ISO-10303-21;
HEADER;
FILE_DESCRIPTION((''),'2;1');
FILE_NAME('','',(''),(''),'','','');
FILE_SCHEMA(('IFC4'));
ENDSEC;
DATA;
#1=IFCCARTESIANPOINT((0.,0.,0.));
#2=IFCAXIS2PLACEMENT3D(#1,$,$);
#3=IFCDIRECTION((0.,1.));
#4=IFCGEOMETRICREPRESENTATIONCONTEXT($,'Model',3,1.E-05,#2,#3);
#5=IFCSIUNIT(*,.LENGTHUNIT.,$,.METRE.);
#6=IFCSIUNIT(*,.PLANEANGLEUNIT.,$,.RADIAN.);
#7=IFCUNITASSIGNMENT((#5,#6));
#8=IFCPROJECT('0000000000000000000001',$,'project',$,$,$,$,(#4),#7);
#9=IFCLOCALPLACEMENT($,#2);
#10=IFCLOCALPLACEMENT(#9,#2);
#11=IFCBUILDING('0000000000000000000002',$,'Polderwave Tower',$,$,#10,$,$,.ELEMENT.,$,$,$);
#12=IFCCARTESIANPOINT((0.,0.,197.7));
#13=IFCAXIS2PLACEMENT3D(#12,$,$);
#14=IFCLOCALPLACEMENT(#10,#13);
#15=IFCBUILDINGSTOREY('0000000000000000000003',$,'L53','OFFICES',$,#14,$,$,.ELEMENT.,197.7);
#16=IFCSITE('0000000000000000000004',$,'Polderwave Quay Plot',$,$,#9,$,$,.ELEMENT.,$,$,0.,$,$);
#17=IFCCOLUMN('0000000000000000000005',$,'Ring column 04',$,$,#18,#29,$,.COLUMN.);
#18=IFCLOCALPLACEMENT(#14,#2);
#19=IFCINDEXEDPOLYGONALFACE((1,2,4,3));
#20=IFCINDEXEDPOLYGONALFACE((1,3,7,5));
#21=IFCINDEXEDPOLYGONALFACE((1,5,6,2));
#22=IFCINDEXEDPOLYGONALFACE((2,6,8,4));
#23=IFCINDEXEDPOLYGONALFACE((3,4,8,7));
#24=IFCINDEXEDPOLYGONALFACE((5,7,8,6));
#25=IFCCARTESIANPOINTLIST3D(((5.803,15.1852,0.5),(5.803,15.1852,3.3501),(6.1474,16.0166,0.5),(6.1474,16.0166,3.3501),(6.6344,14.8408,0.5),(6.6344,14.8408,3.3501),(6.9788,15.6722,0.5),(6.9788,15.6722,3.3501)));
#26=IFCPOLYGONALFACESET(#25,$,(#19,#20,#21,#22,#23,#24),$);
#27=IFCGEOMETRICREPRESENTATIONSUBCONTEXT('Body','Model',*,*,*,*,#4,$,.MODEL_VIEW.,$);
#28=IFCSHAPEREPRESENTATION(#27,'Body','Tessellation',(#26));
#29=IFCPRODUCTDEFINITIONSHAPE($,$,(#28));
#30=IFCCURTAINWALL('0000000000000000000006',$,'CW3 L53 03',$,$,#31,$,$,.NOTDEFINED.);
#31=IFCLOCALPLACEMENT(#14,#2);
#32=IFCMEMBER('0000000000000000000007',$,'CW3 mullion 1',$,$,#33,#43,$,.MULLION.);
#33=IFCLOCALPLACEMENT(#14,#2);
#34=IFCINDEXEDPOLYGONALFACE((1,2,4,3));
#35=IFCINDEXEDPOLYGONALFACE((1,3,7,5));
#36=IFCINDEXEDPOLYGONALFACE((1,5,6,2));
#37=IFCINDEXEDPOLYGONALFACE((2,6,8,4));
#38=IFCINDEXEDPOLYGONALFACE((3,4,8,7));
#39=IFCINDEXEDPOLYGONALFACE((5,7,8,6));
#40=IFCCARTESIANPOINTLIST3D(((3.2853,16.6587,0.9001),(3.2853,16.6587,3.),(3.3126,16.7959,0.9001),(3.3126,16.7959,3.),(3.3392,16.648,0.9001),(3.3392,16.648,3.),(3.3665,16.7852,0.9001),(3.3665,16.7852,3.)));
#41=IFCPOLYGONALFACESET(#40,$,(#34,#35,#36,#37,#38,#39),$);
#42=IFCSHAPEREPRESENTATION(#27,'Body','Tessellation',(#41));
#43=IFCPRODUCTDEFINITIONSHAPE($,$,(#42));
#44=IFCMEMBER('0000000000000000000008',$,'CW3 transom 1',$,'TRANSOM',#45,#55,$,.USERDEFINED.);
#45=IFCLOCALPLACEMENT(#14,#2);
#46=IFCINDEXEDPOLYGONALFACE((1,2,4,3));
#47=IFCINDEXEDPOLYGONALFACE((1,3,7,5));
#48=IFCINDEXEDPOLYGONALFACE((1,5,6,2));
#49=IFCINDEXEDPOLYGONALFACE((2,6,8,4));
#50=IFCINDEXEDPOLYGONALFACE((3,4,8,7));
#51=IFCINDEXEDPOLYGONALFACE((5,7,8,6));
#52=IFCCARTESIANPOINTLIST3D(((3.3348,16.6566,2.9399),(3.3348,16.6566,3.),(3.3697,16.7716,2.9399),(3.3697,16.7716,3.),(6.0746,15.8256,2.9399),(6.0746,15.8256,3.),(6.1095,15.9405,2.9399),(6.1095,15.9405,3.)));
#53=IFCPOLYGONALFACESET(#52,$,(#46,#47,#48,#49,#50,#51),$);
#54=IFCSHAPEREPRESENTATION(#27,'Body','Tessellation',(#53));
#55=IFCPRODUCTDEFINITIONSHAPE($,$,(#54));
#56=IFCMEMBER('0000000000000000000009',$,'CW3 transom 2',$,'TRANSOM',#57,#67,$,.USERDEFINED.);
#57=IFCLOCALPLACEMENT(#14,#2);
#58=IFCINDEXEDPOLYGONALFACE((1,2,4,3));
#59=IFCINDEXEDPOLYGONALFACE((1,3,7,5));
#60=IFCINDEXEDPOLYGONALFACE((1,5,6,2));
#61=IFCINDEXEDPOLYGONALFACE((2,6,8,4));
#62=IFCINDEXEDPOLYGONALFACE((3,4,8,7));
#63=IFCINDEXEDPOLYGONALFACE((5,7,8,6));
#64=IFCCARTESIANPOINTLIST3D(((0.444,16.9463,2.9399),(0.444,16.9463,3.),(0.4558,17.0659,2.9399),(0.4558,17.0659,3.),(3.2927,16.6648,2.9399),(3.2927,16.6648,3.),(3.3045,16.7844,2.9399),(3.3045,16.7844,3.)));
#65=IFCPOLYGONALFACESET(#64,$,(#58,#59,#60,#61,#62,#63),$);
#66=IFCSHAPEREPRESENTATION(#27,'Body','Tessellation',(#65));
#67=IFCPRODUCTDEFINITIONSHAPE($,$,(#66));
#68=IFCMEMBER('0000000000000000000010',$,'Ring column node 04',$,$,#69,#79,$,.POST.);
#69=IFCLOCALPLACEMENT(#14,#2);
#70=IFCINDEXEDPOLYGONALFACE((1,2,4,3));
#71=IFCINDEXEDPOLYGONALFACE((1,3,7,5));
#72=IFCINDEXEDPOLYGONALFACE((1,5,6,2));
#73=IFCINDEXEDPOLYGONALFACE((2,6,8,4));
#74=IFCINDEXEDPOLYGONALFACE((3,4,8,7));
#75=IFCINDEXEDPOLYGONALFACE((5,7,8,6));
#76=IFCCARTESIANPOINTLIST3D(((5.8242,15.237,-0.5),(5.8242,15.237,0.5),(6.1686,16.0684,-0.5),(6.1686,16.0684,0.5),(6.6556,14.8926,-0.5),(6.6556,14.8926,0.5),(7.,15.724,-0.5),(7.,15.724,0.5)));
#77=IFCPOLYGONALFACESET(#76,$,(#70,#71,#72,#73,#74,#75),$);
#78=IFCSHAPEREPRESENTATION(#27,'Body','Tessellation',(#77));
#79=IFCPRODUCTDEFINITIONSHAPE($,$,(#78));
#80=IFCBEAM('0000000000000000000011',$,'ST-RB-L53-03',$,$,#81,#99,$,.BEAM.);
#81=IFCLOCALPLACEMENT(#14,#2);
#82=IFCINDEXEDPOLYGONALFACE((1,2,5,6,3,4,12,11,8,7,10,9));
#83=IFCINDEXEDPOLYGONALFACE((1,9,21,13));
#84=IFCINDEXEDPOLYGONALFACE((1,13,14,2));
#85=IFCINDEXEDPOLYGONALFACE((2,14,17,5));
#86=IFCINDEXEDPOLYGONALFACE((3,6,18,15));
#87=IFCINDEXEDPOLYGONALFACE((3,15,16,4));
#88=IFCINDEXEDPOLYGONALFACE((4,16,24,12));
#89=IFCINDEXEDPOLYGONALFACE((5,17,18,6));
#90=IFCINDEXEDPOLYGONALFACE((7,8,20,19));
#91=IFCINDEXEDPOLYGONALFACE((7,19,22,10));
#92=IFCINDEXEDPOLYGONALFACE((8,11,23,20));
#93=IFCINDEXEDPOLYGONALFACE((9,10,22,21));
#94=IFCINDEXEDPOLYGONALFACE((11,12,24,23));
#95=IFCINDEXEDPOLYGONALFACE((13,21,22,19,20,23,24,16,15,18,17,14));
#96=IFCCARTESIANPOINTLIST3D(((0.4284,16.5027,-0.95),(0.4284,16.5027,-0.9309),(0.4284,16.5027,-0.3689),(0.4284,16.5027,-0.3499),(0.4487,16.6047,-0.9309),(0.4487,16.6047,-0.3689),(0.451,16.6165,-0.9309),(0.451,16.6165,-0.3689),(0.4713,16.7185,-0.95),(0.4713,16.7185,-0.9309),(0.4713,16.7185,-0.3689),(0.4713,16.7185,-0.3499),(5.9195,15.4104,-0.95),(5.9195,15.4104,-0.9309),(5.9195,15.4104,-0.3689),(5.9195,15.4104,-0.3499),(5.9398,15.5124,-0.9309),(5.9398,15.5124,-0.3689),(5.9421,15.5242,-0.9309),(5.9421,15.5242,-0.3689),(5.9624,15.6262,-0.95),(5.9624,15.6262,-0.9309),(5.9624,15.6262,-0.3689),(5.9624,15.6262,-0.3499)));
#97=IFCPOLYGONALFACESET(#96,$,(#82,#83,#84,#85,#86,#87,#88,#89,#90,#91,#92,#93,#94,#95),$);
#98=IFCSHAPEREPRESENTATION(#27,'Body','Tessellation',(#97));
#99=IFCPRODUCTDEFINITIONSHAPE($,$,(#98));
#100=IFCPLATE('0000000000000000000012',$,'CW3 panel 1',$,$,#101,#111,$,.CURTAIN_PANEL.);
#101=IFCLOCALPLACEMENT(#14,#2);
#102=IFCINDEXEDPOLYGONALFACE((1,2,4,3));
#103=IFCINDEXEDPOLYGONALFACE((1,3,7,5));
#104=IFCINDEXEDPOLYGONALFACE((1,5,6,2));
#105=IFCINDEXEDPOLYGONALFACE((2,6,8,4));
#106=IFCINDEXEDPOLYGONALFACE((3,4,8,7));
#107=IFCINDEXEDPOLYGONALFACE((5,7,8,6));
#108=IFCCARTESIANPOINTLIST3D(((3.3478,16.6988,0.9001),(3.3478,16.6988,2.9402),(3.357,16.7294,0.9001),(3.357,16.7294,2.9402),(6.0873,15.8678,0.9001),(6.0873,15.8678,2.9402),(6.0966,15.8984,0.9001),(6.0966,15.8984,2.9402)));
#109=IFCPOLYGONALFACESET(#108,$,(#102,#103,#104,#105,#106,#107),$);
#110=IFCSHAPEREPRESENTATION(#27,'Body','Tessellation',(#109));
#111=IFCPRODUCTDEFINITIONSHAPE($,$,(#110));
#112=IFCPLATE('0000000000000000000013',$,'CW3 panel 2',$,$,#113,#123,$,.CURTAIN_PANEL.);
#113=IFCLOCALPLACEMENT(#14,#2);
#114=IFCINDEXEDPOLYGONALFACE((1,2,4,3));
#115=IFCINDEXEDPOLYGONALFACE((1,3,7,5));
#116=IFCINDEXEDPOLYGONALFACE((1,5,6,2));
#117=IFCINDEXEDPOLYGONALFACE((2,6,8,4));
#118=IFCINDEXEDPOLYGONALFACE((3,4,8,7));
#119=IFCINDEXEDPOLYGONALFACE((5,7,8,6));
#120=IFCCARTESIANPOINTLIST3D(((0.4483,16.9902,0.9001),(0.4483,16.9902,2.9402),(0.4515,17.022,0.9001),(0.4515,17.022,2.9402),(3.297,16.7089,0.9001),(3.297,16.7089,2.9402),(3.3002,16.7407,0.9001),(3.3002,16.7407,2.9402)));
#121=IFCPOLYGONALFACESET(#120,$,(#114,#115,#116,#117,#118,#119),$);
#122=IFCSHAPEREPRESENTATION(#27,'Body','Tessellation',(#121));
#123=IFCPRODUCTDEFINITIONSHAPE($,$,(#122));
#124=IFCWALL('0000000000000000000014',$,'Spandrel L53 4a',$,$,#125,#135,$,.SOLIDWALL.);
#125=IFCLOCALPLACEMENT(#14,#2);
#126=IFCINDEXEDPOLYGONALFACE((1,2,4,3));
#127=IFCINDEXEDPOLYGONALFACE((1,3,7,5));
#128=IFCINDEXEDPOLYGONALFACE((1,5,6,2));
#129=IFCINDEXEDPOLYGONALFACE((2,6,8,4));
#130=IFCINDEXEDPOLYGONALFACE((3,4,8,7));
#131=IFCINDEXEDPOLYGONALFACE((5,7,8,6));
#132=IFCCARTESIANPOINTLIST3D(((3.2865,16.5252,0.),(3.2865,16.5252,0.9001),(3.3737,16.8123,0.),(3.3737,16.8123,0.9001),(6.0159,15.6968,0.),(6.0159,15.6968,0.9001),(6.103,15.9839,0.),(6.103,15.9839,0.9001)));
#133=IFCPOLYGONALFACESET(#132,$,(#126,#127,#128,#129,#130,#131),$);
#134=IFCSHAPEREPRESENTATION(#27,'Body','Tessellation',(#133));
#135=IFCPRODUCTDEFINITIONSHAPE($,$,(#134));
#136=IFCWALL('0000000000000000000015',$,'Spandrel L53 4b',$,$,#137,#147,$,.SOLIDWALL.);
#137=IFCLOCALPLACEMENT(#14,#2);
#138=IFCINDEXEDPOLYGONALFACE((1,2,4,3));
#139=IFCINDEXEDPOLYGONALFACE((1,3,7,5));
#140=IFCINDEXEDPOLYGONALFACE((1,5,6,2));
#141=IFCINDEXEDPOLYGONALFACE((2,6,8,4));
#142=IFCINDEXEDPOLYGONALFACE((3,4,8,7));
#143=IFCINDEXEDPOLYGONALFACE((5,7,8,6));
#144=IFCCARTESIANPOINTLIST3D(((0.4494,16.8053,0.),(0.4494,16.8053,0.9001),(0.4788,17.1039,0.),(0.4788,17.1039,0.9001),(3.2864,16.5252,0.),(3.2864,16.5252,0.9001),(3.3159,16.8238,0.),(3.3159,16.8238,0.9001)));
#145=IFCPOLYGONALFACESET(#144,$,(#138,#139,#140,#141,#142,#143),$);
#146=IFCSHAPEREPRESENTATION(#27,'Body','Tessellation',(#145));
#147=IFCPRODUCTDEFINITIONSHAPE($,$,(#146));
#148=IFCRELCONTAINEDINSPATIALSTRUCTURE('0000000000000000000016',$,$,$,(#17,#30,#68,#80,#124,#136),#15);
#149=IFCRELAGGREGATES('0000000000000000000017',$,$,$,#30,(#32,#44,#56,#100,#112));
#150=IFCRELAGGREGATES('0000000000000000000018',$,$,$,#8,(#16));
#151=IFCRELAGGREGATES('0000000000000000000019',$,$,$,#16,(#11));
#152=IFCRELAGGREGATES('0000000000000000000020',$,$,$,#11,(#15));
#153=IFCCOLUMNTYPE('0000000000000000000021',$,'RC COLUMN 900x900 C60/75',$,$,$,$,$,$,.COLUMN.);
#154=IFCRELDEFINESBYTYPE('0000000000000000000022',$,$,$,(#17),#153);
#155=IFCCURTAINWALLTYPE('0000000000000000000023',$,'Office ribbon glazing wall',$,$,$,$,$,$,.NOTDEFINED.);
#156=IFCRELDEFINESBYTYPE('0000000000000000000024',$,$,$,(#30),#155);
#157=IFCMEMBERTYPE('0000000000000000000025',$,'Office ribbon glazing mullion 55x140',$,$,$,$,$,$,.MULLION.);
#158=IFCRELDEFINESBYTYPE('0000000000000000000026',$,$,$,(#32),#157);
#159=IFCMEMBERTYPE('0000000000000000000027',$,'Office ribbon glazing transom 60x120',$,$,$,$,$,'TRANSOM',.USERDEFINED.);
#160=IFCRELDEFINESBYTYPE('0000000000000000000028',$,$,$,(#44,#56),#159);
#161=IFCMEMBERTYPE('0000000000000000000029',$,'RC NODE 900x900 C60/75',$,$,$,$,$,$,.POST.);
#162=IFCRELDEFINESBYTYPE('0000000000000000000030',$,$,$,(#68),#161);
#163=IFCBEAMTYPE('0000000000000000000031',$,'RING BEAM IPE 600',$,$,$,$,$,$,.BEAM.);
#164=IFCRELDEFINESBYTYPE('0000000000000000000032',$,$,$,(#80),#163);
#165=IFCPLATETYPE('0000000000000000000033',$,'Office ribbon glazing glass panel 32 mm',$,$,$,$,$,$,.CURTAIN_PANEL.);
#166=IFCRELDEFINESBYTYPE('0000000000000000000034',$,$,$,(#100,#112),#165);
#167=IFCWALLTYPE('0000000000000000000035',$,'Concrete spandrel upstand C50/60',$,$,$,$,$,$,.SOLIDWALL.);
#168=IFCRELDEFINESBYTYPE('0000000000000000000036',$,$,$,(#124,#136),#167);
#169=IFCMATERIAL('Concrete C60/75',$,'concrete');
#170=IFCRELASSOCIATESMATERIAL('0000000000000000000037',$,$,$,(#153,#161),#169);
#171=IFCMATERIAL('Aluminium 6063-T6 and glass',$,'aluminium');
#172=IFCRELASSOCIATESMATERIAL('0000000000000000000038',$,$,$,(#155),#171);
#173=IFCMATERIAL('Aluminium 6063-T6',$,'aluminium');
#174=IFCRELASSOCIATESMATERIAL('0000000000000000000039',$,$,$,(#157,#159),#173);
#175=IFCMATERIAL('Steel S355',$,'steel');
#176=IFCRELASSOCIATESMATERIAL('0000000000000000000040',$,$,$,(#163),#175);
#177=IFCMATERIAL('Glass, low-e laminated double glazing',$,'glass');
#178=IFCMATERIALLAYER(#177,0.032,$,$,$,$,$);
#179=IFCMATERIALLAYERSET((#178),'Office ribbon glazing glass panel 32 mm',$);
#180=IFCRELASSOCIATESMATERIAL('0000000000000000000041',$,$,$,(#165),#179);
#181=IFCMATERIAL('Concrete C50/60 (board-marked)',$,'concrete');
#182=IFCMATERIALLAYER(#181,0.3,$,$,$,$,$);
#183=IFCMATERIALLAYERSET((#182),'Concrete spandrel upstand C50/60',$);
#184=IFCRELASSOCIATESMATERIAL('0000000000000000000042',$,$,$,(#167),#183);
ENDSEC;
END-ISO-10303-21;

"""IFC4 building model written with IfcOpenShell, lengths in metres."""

from ifc_helpers import new_model, si_unit, direction, frame, frame_2d, origin, origin_2d, place, context, subcontext, project, spatial, rectangle, i_section, extrude, material, layer, layer_set, material_profile, profile_set, type_object, element, aggregate, save


model = new_model("IFC4")

# Units and contexts
model_context = context("Model", 3, precision=1e-05, world=origin(), true_north=direction((0.0, 1.0)))
body_context = subcontext(model_context, "Body", "Model", "MODEL_VIEW")
ifc_project = project(units=[si_unit("LENGTHUNIT", "METRE"), si_unit("PLANEANGLEUNIT", "RADIAN")], contexts=[model_context])

# Site, building, storey
site_placement = place(None, origin())
site = spatial("IfcSite", under=ifc_project, at=site_placement, Name="Polderwave Quay Plot", CompositionType="ELEMENT", RefElevation=0.0)
building_placement = place(site_placement, origin())
building = spatial("IfcBuilding", under=site, at=building_placement, Name="Polderwave Tower", CompositionType="ELEMENT")
storey_placement = place(building_placement, frame((0.0, 0.0, 197.7)))
storey = spatial("IfcBuildingStorey", under=building, at=storey_placement, Name="L53", Description="OFFICES", CompositionType="ELEMENT", Elevation=197.7)

# Column
ifc_material_1 = material(Name="Concrete C60/75", Category="concrete")
ifc_material_profile_1 = material_profile(ifc_material_1, rectangle(XDim=0.8999, YDim=0.8999, at=origin_2d()), Name="RC 900x900")
ifc_profile_set_1 = profile_set([ifc_material_profile_1], Name="Concrete C60/75")
column_type = type_object("IfcColumnType", Name="RC COLUMN 900x900 C60/75", PredefinedType="COLUMN", material=ifc_profile_set_1)
column_placement = place(storey_placement, frame((6.3909, 15.4287, 0.5), z_axis=(0.0, 0.0, 1.0), x_axis=(0.382683, 0.92388, 0.0)))
element("IfcColumn", 1, at=column_placement, inside=storey, type_object=column_type, Name="Ring column 04", PredefinedType="COLUMN", context=body_context, shape_type="SweptSolid", body=[
    extrude(rectangle(XDim=0.8999, YDim=0.8999, at=origin_2d()), origin(), (0.0, 0.0, 1.0), 2.8501),
])

# Curtain wall, members
ifc_material_2 = material(Name="Aluminium 6063-T6 and glass", Category="aluminium")
curtain_wall_type = type_object("IfcCurtainWallType", Name="Office ribbon glazing wall", PredefinedType="NOTDEFINED", material=ifc_material_2)
curtain_wall_placement = place(storey_placement, origin())
curtain_wall = element("IfcCurtainWall", 2, at=curtain_wall_placement, inside=storey, type_object=curtain_wall_type, Name="CW3 L53 03", PredefinedType="NOTDEFINED")
ifc_material_3 = material(Name="Aluminium 6063-T6", Category="aluminium")
ifc_material_profile_2 = material_profile(ifc_material_3, rectangle(XDim=0.1399, YDim=0.0549, at=origin_2d()), Name="AL 55x140")
ifc_profile_set_2 = profile_set([ifc_material_profile_2], Name="Aluminium 6063-T6")
member_type_1 = type_object("IfcMemberType", Name="Office ribbon glazing mullion 55x140", PredefinedType="MULLION", material=ifc_profile_set_2)
member_1_placement = place(storey_placement, frame((3.3259, 16.7219, 0.9001), z_axis=(0.0, 0.0, 1.0), x_axis=(-0.195205, -0.980762, 0.0)))
member_1 = element("IfcMember", 3, at=member_1_placement, type_object=member_type_1, Name="CW3 mullion 1", PredefinedType="MULLION", context=body_context, shape_type="SweptSolid", body=[
    extrude(rectangle(XDim=0.1399, YDim=0.0549, at=origin_2d()), origin(), (0.0, 0.0, 1.0), 2.0999),
])
ifc_material_profile_3 = material_profile(ifc_material_3, rectangle(XDim=0.1201, YDim=0.0601, at=origin_2d()), Name="AL 60x120")
ifc_profile_set_3 = profile_set([ifc_material_profile_3], Name="Aluminium 6063-T6")
member_type_2 = type_object("IfcMemberType", Name="Office ribbon glazing transom 60x120", ElementType="TRANSOM", PredefinedType="USERDEFINED", material=ifc_profile_set_3)
member_2_placement = place(storey_placement, frame((6.092, 15.8831, 2.97), z_axis=(-0.956944, 0.290272, 0.0), x_axis=(-0.290272, -0.956944, 0.0)))
member_2 = element("IfcMember", 4, at=member_2_placement, type_object=member_type_2, Name="CW3 transom 1", ObjectType="TRANSOM", PredefinedType="USERDEFINED", context=body_context, shape_type="SweptSolid", body=[
    extrude(rectangle(XDim=0.1201, YDim=0.0601, at=origin_2d()), origin(), (0.0, 0.0, 1.0), 2.863),
])
member_3_placement = place(storey_placement, frame((3.2986, 16.7246, 2.97), z_axis=(-0.995153, 0.098338, 0.0), x_axis=(-0.098338, -0.995153, 0.0)))
member_3 = element("IfcMember", 5, at=member_3_placement, type_object=member_type_2, Name="CW3 transom 2", ObjectType="TRANSOM", PredefinedType="USERDEFINED", context=body_context, shape_type="SweptSolid", body=[
    extrude(rectangle(XDim=0.1201, YDim=0.0601, at=origin_2d()), origin(), (0.0, 0.0, 1.0), 2.8625),
])

# Member
ifc_material_profile_4 = material_profile(ifc_material_1, rectangle(XDim=0.8999, YDim=0.8999, at=origin_2d()), Name="RC 900x900")
ifc_profile_set_4 = profile_set([ifc_material_profile_4], Name="Concrete C60/75")
member_type_3 = type_object("IfcMemberType", Name="RC NODE 900x900 C60/75", PredefinedType="POST", material=ifc_profile_set_4)
member_4_placement = place(storey_placement, frame((6.4121, 15.4805, -0.5), z_axis=(0.0, 0.0, 1.0), x_axis=(0.382683, 0.92388, 0.0)))
element("IfcMember", 6, at=member_4_placement, inside=storey, type_object=member_type_3, Name="Ring column node 04", PredefinedType="POST", context=body_context, shape_type="SweptSolid", body=[
    extrude(rectangle(XDim=0.8999, YDim=0.8999, at=origin_2d()), origin(), (0.0, 0.0, 1.0), 1.0),
])

# Beam
ifc_material_4 = material(Name="Steel S355", Category="steel")
ifc_material_profile_5 = material_profile(ifc_material_4, i_section(OverallWidth=0.22, OverallDepth=0.6001, WebThickness=0.012, FlangeThickness=0.019, at=origin_2d()), Name="IPE 600")
ifc_profile_set_5 = profile_set([ifc_material_profile_5], Name="Steel S355")
beam_type = type_object("IfcBeamType", Name="RING BEAM IPE 600", PredefinedType="BEAM", material=ifc_profile_set_5)
beam_placement = place(storey_placement, frame((5.9409, 15.5183, -0.6499), z_axis=(-0.980783, 0.195101, 0.0), x_axis=(-0.195101, -0.980783, 0.0)))
element("IfcBeam", 7, at=beam_placement, inside=storey, type_object=beam_type, Name="ST-RB-L53-03", PredefinedType="BEAM", context=body_context, shape_type="SweptSolid", body=[
    extrude(i_section(OverallWidth=0.22, OverallDepth=0.6001, WebThickness=0.012, FlangeThickness=0.019, at=origin_2d()), origin(), (0.0, 0.0, 1.0), 5.5986),
])

# Plates
ifc_material_5 = material(Name="Glass, low-e laminated double glazing", Category="glass")
ifc_layer_1 = layer(ifc_material_5, 0.032)
ifc_layer_set_1 = layer_set([ifc_layer_1], Name="Office ribbon glazing glass panel 32 mm")
plate_type = type_object("IfcPlateType", Name="Office ribbon glazing glass panel 32 mm", PredefinedType="CURTAIN_PANEL", material=ifc_layer_set_1)
plate_1_placement = place(storey_placement, frame((4.7222, 16.2986, 0.9001), z_axis=(0.0, 0.0, 1.0), x_axis=(-0.956946, 0.290266, 0.0)))
plate_1 = element("IfcPlate", 8, at=plate_1_placement, type_object=plate_type, Name="CW3 panel 1", PredefinedType="CURTAIN_PANEL", context=body_context, shape_type="SweptSolid", body=[
    extrude(rectangle(XDim=2.8628, YDim=0.032, at=origin_2d()), origin(), (0.0, 0.0, 1.0), 2.04),
])
plate_2_placement = place(storey_placement, frame((1.8743, 16.8655, 0.9001), z_axis=(0.0, 0.0, 1.0), x_axis=(-0.99516, 0.098271, 0.0)))
plate_2 = element("IfcPlate", 9, at=plate_2_placement, type_object=plate_type, Name="CW3 panel 2", PredefinedType="CURTAIN_PANEL", context=body_context, shape_type="SweptSolid", body=[
    extrude(rectangle(XDim=2.8625, YDim=0.032, at=origin_2d()), origin(), (0.0, 0.0, 1.0), 2.04),
])
aggregate(curtain_wall, [member_1, member_2, member_3, plate_1, plate_2])

# Walls
ifc_material_6 = material(Name="Concrete C50/60 (board-marked)", Category="concrete")
ifc_layer_2 = layer(ifc_material_6, 0.3)
ifc_layer_set_2 = layer_set([ifc_layer_2], Name="Concrete spandrel upstand C50/60")
wall_type_1 = type_object("IfcWallType", Name="Concrete spandrel upstand C50/60", PredefinedType="SOLIDWALL", material=ifc_layer_set_2)
wall_1_placement = place(storey_placement, frame((6.0596, 15.8403, 0.0), z_axis=(0.0, 0.0, 1.0), x_axis=(-0.956895, 0.290433, 0.0)))
element("IfcWall", 10, at=wall_1_placement, inside=storey, type_object=wall_type_1, Name="Spandrel L53 4a", PredefinedType="SOLIDWALL", context=body_context, shape_type="SweptSolid", body=[
    extrude(rectangle(XDim=2.8523, YDim=0.3, at=frame_2d((1.4263, 0.0))), origin(), (0.0, 0.0, 1.0), 0.9001),
])
wall_2_placement = place(storey_placement, frame((3.301, 16.6746, 0.0), z_axis=(0.0, 0.0, 1.0), x_axis=(-0.995164, 0.098223, 0.0)))
element("IfcWall", 11, at=wall_2_placement, inside=storey, type_object=wall_type_1, Name="Spandrel L53 4b", PredefinedType="SOLIDWALL", context=body_context, shape_type="SweptSolid", body=[
    extrude(rectangle(XDim=2.8508, YDim=0.3, at=frame_2d((1.4253, 0.0))), origin(), (0.0, 0.0, 1.0), 0.9001),
])

save(model, "model.ifc")
